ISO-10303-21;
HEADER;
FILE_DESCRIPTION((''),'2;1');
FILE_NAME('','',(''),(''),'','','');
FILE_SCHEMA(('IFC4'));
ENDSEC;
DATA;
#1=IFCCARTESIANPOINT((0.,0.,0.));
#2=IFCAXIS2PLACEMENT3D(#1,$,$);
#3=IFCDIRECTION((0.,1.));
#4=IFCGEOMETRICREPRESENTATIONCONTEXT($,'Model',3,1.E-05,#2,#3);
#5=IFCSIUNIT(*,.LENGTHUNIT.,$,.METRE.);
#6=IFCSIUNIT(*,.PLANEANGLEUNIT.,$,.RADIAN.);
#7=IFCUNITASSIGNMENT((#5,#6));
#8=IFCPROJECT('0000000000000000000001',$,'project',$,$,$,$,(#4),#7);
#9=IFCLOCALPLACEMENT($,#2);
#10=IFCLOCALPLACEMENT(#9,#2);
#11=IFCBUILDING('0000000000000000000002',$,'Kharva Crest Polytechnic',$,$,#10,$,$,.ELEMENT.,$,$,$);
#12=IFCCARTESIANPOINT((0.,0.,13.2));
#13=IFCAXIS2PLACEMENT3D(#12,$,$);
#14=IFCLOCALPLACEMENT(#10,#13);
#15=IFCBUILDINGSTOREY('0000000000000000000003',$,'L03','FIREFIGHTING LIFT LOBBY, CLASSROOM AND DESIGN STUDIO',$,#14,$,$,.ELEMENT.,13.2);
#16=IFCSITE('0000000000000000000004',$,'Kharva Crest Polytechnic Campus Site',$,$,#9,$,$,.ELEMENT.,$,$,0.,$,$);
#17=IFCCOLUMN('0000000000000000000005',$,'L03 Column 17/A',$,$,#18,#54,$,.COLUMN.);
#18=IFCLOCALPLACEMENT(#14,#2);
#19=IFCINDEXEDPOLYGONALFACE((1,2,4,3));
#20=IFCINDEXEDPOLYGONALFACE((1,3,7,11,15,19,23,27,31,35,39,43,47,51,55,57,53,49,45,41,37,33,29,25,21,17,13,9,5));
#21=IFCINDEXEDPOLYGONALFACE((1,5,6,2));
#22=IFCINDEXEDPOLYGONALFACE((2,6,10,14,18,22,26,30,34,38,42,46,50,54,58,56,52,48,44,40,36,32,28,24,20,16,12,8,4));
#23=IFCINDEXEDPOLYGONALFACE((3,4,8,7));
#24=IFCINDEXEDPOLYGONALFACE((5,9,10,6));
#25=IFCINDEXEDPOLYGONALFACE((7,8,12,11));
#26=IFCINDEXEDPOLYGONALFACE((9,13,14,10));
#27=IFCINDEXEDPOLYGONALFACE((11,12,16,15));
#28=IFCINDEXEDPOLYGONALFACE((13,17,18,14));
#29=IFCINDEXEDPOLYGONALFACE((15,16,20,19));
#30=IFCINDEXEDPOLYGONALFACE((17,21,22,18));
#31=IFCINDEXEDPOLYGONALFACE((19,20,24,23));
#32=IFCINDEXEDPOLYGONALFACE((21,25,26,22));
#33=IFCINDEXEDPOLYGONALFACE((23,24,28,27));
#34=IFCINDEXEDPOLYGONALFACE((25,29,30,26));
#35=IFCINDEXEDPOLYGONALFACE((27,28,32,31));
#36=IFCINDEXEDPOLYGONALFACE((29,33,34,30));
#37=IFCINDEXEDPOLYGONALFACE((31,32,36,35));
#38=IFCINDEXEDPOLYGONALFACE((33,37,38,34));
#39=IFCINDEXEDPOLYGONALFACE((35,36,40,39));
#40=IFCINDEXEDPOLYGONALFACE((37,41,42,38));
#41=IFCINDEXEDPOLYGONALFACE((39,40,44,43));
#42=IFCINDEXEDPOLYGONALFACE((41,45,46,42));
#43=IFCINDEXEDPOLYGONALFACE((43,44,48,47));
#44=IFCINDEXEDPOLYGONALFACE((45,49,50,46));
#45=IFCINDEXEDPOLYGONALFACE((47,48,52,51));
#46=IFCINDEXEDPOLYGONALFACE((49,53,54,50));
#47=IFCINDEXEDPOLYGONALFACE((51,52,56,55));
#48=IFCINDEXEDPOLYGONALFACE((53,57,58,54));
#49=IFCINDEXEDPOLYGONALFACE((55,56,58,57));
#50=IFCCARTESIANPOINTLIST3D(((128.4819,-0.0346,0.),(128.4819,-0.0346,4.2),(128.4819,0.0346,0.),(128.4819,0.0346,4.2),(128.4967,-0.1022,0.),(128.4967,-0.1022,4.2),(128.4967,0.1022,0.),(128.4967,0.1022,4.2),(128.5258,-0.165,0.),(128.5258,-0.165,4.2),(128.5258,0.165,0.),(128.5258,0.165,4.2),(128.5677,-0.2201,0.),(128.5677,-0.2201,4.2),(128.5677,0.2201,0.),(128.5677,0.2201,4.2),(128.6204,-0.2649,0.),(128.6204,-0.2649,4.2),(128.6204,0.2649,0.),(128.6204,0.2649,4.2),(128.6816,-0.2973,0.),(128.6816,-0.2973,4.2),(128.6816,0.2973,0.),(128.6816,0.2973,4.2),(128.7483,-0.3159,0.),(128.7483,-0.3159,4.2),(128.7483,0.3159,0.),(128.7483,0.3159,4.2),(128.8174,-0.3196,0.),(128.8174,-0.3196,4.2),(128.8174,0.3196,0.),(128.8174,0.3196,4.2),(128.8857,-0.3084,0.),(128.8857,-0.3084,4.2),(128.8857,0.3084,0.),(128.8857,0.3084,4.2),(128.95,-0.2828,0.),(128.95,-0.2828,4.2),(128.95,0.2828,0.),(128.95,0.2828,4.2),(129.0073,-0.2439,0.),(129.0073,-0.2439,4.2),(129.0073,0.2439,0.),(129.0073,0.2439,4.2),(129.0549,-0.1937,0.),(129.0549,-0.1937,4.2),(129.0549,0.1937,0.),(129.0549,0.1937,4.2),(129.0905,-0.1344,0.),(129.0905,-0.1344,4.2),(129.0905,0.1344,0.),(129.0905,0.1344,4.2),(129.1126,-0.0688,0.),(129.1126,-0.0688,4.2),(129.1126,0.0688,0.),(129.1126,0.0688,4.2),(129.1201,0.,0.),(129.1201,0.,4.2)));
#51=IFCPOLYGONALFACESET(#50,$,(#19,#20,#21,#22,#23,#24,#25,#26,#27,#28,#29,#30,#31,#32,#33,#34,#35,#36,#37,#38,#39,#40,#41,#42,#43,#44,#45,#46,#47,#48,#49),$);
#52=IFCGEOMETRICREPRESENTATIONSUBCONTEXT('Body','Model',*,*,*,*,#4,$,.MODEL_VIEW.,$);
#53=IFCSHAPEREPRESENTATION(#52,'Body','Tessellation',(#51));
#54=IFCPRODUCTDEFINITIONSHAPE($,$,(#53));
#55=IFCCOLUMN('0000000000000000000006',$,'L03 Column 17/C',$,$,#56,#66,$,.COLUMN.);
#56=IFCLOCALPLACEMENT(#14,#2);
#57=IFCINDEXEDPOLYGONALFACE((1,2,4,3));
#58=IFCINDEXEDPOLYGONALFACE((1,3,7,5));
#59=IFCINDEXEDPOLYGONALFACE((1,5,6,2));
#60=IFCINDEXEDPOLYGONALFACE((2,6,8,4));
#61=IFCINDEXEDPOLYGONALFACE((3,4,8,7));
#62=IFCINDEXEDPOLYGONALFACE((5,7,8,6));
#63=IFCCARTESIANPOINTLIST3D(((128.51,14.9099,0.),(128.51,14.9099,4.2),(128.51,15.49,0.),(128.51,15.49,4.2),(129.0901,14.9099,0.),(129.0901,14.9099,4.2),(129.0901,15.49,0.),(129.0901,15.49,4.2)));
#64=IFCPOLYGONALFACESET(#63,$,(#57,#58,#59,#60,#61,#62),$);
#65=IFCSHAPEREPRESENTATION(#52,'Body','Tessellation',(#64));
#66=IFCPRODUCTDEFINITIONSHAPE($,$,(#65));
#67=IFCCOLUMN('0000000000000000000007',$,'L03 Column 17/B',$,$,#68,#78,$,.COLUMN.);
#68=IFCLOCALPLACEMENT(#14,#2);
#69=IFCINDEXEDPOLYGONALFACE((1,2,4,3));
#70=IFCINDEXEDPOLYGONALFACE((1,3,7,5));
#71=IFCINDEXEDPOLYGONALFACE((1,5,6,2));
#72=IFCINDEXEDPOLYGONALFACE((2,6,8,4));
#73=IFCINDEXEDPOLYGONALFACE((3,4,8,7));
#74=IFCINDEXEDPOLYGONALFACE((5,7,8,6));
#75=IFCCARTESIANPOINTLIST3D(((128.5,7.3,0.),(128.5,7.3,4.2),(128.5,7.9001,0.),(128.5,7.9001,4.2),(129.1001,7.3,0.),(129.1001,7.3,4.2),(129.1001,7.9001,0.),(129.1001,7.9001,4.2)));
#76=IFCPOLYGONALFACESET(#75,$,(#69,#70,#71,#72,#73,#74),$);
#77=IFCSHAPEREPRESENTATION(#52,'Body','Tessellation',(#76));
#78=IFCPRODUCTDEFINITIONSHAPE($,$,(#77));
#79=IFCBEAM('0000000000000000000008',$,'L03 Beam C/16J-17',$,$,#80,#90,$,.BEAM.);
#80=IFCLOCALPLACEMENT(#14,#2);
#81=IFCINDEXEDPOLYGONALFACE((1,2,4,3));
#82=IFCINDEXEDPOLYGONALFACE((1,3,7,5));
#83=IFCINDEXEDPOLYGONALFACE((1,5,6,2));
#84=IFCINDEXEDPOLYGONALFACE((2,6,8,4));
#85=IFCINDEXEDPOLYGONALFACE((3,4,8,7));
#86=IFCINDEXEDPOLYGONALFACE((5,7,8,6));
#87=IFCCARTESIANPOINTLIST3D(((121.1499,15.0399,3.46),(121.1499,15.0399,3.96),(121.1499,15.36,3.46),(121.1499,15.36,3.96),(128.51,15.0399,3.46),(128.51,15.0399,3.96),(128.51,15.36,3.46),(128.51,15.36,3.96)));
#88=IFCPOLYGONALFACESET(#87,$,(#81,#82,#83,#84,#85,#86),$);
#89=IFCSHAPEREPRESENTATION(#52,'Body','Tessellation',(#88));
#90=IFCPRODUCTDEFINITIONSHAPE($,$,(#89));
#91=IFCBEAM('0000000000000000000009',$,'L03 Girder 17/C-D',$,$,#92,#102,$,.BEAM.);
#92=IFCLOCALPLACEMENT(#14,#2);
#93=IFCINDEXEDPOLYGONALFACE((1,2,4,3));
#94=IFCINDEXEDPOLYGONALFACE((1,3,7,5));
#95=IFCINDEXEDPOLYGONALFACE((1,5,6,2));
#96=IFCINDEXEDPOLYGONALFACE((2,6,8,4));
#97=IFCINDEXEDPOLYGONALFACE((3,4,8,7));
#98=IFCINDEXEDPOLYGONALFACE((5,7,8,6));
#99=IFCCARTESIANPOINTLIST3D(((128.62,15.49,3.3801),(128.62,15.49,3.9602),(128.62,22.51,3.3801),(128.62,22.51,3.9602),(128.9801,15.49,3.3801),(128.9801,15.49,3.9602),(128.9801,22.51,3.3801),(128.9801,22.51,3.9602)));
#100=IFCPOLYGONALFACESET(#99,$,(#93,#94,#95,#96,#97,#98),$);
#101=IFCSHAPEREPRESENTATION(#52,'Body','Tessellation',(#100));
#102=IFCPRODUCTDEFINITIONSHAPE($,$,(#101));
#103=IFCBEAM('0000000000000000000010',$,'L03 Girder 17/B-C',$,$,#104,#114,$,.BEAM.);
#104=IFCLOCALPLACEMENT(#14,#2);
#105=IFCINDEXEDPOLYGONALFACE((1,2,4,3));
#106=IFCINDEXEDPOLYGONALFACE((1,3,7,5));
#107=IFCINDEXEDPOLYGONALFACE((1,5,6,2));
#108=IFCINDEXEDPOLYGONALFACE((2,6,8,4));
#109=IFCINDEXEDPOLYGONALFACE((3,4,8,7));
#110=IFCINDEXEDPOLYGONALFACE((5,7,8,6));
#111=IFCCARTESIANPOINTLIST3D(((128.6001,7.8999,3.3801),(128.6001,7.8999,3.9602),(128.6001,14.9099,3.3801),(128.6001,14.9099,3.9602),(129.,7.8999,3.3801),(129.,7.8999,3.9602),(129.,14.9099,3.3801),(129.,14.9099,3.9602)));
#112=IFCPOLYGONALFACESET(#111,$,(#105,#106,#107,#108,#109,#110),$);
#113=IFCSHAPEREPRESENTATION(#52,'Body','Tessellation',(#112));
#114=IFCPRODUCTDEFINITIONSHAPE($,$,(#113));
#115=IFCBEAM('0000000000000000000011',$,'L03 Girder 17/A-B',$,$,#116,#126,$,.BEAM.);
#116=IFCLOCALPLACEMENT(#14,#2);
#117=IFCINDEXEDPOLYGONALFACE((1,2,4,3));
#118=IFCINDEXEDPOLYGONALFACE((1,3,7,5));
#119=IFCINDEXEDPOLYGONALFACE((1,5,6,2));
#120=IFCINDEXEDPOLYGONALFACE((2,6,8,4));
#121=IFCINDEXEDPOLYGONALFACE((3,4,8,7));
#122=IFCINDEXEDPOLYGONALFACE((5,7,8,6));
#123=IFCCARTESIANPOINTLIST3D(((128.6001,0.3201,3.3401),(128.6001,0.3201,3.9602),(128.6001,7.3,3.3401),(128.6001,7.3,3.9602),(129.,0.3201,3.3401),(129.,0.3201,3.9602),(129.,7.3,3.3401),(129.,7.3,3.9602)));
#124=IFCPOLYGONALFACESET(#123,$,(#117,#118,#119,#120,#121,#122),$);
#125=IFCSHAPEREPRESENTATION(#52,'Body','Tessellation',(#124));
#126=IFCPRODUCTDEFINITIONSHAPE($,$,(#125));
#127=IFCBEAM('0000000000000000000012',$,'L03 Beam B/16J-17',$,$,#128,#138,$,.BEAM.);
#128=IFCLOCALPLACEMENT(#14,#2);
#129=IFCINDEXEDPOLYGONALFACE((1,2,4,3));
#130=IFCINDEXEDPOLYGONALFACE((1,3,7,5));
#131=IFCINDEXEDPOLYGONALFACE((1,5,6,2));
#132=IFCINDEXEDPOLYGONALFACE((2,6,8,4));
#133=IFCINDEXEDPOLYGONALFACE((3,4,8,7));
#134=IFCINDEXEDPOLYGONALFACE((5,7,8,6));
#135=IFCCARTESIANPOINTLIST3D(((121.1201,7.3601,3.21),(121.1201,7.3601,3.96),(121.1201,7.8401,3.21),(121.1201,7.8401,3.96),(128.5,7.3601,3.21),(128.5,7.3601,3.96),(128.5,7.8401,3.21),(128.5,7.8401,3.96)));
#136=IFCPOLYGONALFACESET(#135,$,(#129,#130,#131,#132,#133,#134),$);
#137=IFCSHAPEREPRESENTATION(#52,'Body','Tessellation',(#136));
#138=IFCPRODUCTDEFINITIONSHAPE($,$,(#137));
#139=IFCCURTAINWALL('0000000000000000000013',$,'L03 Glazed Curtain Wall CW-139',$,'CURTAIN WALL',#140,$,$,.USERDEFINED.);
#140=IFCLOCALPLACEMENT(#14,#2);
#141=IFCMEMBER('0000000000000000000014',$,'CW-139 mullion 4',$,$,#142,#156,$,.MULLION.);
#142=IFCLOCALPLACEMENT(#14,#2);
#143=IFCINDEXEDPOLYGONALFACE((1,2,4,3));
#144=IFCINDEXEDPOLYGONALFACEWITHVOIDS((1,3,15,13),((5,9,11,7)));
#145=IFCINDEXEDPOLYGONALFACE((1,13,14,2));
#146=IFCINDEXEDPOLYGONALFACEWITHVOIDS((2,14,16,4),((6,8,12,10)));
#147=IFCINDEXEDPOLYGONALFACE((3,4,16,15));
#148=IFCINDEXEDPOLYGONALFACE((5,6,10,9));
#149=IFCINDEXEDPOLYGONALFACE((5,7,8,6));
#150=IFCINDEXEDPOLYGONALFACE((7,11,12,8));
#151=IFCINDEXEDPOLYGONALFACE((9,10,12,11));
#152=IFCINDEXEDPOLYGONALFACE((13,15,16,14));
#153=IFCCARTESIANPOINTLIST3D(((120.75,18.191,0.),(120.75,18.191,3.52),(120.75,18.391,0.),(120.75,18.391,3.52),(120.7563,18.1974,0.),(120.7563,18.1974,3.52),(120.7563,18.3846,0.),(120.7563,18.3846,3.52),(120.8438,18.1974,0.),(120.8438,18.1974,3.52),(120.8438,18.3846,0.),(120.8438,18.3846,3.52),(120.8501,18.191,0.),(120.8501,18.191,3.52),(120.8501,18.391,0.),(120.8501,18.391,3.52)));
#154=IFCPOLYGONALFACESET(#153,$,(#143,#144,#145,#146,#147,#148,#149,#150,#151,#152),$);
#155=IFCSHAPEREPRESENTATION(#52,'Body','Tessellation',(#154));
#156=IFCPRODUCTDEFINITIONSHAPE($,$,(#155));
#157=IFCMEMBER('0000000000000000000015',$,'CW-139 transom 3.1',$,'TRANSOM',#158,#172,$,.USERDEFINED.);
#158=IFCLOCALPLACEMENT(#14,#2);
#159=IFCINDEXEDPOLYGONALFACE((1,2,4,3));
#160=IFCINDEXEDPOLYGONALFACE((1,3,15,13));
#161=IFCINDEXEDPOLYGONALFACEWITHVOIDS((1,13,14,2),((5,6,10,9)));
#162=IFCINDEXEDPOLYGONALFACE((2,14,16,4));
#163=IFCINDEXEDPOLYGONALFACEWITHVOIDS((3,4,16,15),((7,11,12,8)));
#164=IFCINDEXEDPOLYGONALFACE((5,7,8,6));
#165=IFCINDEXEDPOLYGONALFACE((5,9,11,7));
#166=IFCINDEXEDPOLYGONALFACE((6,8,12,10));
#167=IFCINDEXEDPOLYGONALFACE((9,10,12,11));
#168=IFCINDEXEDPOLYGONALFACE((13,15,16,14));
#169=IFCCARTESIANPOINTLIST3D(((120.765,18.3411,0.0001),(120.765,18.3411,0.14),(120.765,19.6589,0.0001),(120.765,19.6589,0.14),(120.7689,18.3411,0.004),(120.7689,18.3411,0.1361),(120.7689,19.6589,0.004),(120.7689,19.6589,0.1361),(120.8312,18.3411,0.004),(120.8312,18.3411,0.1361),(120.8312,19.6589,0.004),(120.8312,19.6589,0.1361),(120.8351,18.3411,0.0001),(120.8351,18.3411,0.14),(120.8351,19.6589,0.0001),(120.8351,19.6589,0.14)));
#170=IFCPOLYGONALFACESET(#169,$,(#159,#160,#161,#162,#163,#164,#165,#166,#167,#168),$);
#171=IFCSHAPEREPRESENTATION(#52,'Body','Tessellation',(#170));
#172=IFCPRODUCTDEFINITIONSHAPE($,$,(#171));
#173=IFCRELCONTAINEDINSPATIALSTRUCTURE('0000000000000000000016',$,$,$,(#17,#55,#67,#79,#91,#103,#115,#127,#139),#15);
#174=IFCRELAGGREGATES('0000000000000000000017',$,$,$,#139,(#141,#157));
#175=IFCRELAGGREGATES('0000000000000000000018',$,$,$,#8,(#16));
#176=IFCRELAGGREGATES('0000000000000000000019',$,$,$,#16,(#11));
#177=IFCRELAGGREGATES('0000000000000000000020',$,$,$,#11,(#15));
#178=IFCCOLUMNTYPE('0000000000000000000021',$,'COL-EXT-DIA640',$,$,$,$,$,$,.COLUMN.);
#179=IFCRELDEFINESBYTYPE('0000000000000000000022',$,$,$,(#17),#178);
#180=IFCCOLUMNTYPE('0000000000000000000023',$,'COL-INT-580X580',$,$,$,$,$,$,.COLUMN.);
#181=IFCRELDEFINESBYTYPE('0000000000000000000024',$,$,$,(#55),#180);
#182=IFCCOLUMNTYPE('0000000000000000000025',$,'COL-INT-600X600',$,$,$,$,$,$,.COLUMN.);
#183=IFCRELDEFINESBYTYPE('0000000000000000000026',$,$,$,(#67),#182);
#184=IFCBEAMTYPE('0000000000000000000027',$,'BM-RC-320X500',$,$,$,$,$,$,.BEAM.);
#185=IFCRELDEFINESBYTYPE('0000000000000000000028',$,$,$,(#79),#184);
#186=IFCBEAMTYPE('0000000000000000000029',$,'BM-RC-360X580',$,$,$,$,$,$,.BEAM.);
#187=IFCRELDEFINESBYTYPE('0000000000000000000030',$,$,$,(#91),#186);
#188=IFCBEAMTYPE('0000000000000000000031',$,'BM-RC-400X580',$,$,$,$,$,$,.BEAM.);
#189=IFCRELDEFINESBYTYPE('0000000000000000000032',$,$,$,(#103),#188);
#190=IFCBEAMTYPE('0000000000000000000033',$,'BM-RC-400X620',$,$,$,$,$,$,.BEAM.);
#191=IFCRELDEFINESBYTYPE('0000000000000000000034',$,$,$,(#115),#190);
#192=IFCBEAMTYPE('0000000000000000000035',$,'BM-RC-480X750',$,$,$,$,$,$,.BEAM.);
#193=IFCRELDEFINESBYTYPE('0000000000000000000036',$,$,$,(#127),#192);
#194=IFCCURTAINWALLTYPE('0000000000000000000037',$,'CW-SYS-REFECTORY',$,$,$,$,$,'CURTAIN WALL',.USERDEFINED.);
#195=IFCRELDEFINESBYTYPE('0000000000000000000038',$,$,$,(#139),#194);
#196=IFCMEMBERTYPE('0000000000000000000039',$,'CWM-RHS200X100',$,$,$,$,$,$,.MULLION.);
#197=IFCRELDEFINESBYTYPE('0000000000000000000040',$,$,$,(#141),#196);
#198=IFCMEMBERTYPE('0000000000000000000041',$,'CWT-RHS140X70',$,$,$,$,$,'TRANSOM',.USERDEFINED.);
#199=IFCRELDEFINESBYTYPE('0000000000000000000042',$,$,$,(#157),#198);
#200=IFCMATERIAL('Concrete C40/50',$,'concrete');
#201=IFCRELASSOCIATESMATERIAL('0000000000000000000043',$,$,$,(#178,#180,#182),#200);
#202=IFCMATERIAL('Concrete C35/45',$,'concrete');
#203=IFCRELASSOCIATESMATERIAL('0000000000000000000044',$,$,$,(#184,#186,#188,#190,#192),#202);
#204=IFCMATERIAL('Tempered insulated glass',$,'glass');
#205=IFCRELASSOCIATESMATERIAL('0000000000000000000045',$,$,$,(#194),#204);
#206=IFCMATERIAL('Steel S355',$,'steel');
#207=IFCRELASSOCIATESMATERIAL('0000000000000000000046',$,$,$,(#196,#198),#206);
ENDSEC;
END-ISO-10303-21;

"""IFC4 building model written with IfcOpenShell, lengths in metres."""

from ifc_helpers import new_model, si_unit, direction, frame, origin, origin_2d, place, context, subcontext, project, spatial, rectangle, hollow_rectangle, circle, extrude, material, material_profile, profile_set, type_object, element, aggregate, save


model = new_model("IFC4")

# Units and contexts
model_context = context("Model", 3, precision=1e-05, world=origin(), true_north=direction((0.0, 1.0)))
body_context = subcontext(model_context, "Body", "Model", "MODEL_VIEW")
ifc_project = project(units=[si_unit("LENGTHUNIT", "METRE"), si_unit("PLANEANGLEUNIT", "RADIAN")], contexts=[model_context])

# Site, building, storey
site_placement = place(None, origin())
site = spatial("IfcSite", under=ifc_project, at=site_placement, Name="Kharva Crest Polytechnic Campus Site", CompositionType="ELEMENT", RefElevation=0.0)
building_placement = place(site_placement, origin())
building = spatial("IfcBuilding", under=site, at=building_placement, Name="Kharva Crest Polytechnic", CompositionType="ELEMENT")
storey_placement = place(building_placement, frame((0.0, 0.0, 13.2)))
storey = spatial("IfcBuildingStorey", under=building, at=storey_placement, Name="L03", Description="FIREFIGHTING LIFT LOBBY, CLASSROOM AND DESIGN STUDIO", CompositionType="ELEMENT", Elevation=13.2)

# Columns
ifc_material_1 = material(Name="Concrete C40/50", Category="concrete")
ifc_material_profile_1 = material_profile(ifc_material_1, circle(Radius=0.3201, at=origin_2d()), Name="DIA 640")
ifc_profile_set_1 = profile_set([ifc_material_profile_1], Name="Concrete C40/50")
column_type_1 = type_object("IfcColumnType", Name="COL-EXT-DIA640", PredefinedType="COLUMN", material=ifc_profile_set_1)
column_1_placement = place(storey_placement, frame((128.8, 0.0, 0.0), z_axis=(0.0, 0.0, 1.0), x_axis=(1.0, 0.0, 0.0)))
element("IfcColumn", 1, at=column_1_placement, inside=storey, type_object=column_type_1, Name="L03 Column 17/A", PredefinedType="COLUMN", context=body_context, shape_type="SweptSolid", body=[
    extrude(circle(Radius=0.3201, at=origin_2d()), origin(), (0.0, 0.0, 1.0), 4.2),
])
ifc_material_profile_2 = material_profile(ifc_material_1, rectangle(XDim=0.5801, YDim=0.5801, at=origin_2d()), Name="RECT 580 X 580")
ifc_profile_set_2 = profile_set([ifc_material_profile_2], Name="Concrete C40/50")
column_type_2 = type_object("IfcColumnType", Name="COL-INT-580X580", PredefinedType="COLUMN", material=ifc_profile_set_2)
column_2_placement = place(storey_placement, frame((128.8, 15.2, 0.0), z_axis=(0.0, 0.0, 1.0), x_axis=(1.0, 0.0, 0.0)))
element("IfcColumn", 2, at=column_2_placement, inside=storey, type_object=column_type_2, Name="L03 Column 17/C", PredefinedType="COLUMN", context=body_context, shape_type="SweptSolid", body=[
    extrude(rectangle(XDim=0.5801, YDim=0.5801, at=origin_2d()), origin(), (0.0, 0.0, 1.0), 4.2),
])
ifc_material_profile_3 = material_profile(ifc_material_1, rectangle(XDim=0.6001, YDim=0.6001, at=origin_2d()), Name="RECT 600 X 600")
ifc_profile_set_3 = profile_set([ifc_material_profile_3], Name="Concrete C40/50")
column_type_3 = type_object("IfcColumnType", Name="COL-INT-600X600", PredefinedType="COLUMN", material=ifc_profile_set_3)
column_3_placement = place(storey_placement, frame((128.8, 7.6001, 0.0), z_axis=(0.0, 0.0, 1.0), x_axis=(1.0, 0.0, 0.0)))
element("IfcColumn", 3, at=column_3_placement, inside=storey, type_object=column_type_3, Name="L03 Column 17/B", PredefinedType="COLUMN", context=body_context, shape_type="SweptSolid", body=[
    extrude(rectangle(XDim=0.6001, YDim=0.6001, at=origin_2d()), origin(), (0.0, 0.0, 1.0), 4.2),
])

# Beams
ifc_material_2 = material(Name="Concrete C35/45", Category="concrete")
ifc_material_profile_4 = material_profile(ifc_material_2, rectangle(XDim=0.3201, YDim=0.5, at=origin_2d()), Name="RECT 320 X 500")
ifc_profile_set_4 = profile_set([ifc_material_profile_4], Name="Concrete C35/45")
beam_type_1 = type_object("IfcBeamType", Name="BM-RC-320X500", PredefinedType="BEAM", material=ifc_profile_set_4)
beam_1_placement = place(storey_placement, frame((121.1499, 15.2, 3.71), z_axis=(1.0, 0.0, 0.0), x_axis=(0.0, 1.0, 0.0)))
element("IfcBeam", 4, at=beam_1_placement, inside=storey, type_object=beam_type_1, Name="L03 Beam C/16J-17", PredefinedType="BEAM", context=body_context, shape_type="SweptSolid", body=[
    extrude(rectangle(XDim=0.3201, YDim=0.5, at=origin_2d()), origin(), (0.0, 0.0, 1.0), 7.3601),
])
ifc_material_profile_5 = material_profile(ifc_material_2, rectangle(XDim=0.3601, YDim=0.5801, at=origin_2d()), Name="RECT 360 X 580")
ifc_profile_set_5 = profile_set([ifc_material_profile_5], Name="Concrete C35/45")
beam_type_2 = type_object("IfcBeamType", Name="BM-RC-360X580", PredefinedType="BEAM", material=ifc_profile_set_5)
beam_2_placement = place(storey_placement, frame((128.8, 15.49, 3.6702), z_axis=(0.0, 1.0, 0.0), x_axis=(-1.0, 0.0, 0.0)))
element("IfcBeam", 5, at=beam_2_placement, inside=storey, type_object=beam_type_2, Name="L03 Girder 17/C-D", PredefinedType="BEAM", context=body_context, shape_type="SweptSolid", body=[
    extrude(rectangle(XDim=0.3601, YDim=0.5801, at=origin_2d()), origin(), (0.0, 0.0, 1.0), 7.02),
])
ifc_material_profile_6 = material_profile(ifc_material_2, rectangle(XDim=0.3999, YDim=0.5801, at=origin_2d()), Name="RECT 400 X 580")
ifc_profile_set_6 = profile_set([ifc_material_profile_6], Name="Concrete C35/45")
beam_type_3 = type_object("IfcBeamType", Name="BM-RC-400X580", PredefinedType="BEAM", material=ifc_profile_set_6)
beam_3_placement = place(storey_placement, frame((128.8, 7.8999, 3.6702), z_axis=(0.0, 1.0, 0.0), x_axis=(-1.0, 0.0, 0.0)))
element("IfcBeam", 6, at=beam_3_placement, inside=storey, type_object=beam_type_3, Name="L03 Girder 17/B-C", PredefinedType="BEAM", context=body_context, shape_type="SweptSolid", body=[
    extrude(rectangle(XDim=0.3999, YDim=0.5801, at=origin_2d()), origin(), (0.0, 0.0, 1.0), 7.01),
])
ifc_material_profile_7 = material_profile(ifc_material_2, rectangle(XDim=0.3999, YDim=0.6201, at=origin_2d()), Name="RECT 400 X 620")
ifc_profile_set_7 = profile_set([ifc_material_profile_7], Name="Concrete C35/45")
beam_type_4 = type_object("IfcBeamType", Name="BM-RC-400X620", PredefinedType="BEAM", material=ifc_profile_set_7)
beam_4_placement = place(storey_placement, frame((128.8, 0.3201, 3.6501), z_axis=(0.0, 1.0, 0.0), x_axis=(-1.0, 0.0, 0.0)))
element("IfcBeam", 7, at=beam_4_placement, inside=storey, type_object=beam_type_4, Name="L03 Girder 17/A-B", PredefinedType="BEAM", context=body_context, shape_type="SweptSolid", body=[
    extrude(rectangle(XDim=0.3999, YDim=0.6201, at=origin_2d()), origin(), (0.0, 0.0, 1.0), 6.98),
])
ifc_material_profile_8 = material_profile(ifc_material_2, rectangle(XDim=0.48, YDim=0.75, at=origin_2d()), Name="RECT 480 X 750")
ifc_profile_set_8 = profile_set([ifc_material_profile_8], Name="Concrete C35/45")
beam_type_5 = type_object("IfcBeamType", Name="BM-RC-480X750", PredefinedType="BEAM", material=ifc_profile_set_8)
beam_5_placement = place(storey_placement, frame((121.1201, 7.6001, 3.585), z_axis=(1.0, 0.0, 0.0), x_axis=(0.0, 1.0, 0.0)))
element("IfcBeam", 8, at=beam_5_placement, inside=storey, type_object=beam_type_5, Name="L03 Beam B/16J-17", PredefinedType="BEAM", context=body_context, shape_type="SweptSolid", body=[
    extrude(rectangle(XDim=0.48, YDim=0.75, at=origin_2d()), origin(), (0.0, 0.0, 1.0), 7.3799),
])

# Curtain wall, members
ifc_material_3 = material(Name="Tempered insulated glass", Category="glass")
curtain_wall_type = type_object("IfcCurtainWallType", Name="CW-SYS-REFECTORY", ElementType="CURTAIN WALL", PredefinedType="USERDEFINED", material=ifc_material_3)
curtain_wall_placement = place(storey_placement, origin())
curtain_wall = element("IfcCurtainWall", 9, at=curtain_wall_placement, inside=storey, type_object=curtain_wall_type, Name="L03 Glazed Curtain Wall CW-139", ObjectType="CURTAIN WALL", PredefinedType="USERDEFINED")
ifc_material_4 = material(Name="Steel S355", Category="steel")
ifc_material_profile_9 = material_profile(ifc_material_4, hollow_rectangle(XDim=0.1001, YDim=0.2, WallThickness=0.0063, at=origin_2d()), Name="RHS 200X100X6.3")
ifc_profile_set_9 = profile_set([ifc_material_profile_9], Name="Steel S355")
member_type_1 = type_object("IfcMemberType", Name="CWM-RHS200X100", PredefinedType="MULLION", material=ifc_profile_set_9)
member_1_placement = place(storey_placement, frame((120.8, 18.291, 0.0), z_axis=(0.0, 0.0, 1.0), x_axis=(1.0, 0.0, 0.0)))
member_1 = element("IfcMember", 10, at=member_1_placement, type_object=member_type_1, Name="CW-139 mullion 4", PredefinedType="MULLION", context=body_context, shape_type="SweptSolid", body=[
    extrude(hollow_rectangle(XDim=0.1001, YDim=0.2, WallThickness=0.0063, at=origin_2d()), origin(), (0.0, 0.0, 1.0), 3.52),
])
ifc_material_profile_10 = material_profile(ifc_material_4, hollow_rectangle(XDim=0.0701, YDim=0.1399, WallThickness=0.0039, at=origin_2d()), Name="RHS 140X70X4.0")
ifc_profile_set_10 = profile_set([ifc_material_profile_10], Name="Steel S355")
member_type_2 = type_object("IfcMemberType", Name="CWT-RHS140X70", ElementType="TRANSOM", PredefinedType="USERDEFINED", material=ifc_profile_set_10)
member_2_placement = place(storey_placement, frame((120.8, 19.6589, 0.0701), z_axis=(0.0, -1.0, 0.0), x_axis=(1.0, 0.0, 0.0)))
member_2 = element("IfcMember", 11, at=member_2_placement, type_object=member_type_2, Name="CW-139 transom 3.1", ObjectType="TRANSOM", PredefinedType="USERDEFINED", context=body_context, shape_type="SweptSolid", body=[
    extrude(hollow_rectangle(XDim=0.0701, YDim=0.1399, WallThickness=0.0039, at=origin_2d()), origin(), (0.0, 0.0, 1.0), 1.3179),
])

aggregate(curtain_wall, [member_1, member_2])

save(model, "model.ifc")
